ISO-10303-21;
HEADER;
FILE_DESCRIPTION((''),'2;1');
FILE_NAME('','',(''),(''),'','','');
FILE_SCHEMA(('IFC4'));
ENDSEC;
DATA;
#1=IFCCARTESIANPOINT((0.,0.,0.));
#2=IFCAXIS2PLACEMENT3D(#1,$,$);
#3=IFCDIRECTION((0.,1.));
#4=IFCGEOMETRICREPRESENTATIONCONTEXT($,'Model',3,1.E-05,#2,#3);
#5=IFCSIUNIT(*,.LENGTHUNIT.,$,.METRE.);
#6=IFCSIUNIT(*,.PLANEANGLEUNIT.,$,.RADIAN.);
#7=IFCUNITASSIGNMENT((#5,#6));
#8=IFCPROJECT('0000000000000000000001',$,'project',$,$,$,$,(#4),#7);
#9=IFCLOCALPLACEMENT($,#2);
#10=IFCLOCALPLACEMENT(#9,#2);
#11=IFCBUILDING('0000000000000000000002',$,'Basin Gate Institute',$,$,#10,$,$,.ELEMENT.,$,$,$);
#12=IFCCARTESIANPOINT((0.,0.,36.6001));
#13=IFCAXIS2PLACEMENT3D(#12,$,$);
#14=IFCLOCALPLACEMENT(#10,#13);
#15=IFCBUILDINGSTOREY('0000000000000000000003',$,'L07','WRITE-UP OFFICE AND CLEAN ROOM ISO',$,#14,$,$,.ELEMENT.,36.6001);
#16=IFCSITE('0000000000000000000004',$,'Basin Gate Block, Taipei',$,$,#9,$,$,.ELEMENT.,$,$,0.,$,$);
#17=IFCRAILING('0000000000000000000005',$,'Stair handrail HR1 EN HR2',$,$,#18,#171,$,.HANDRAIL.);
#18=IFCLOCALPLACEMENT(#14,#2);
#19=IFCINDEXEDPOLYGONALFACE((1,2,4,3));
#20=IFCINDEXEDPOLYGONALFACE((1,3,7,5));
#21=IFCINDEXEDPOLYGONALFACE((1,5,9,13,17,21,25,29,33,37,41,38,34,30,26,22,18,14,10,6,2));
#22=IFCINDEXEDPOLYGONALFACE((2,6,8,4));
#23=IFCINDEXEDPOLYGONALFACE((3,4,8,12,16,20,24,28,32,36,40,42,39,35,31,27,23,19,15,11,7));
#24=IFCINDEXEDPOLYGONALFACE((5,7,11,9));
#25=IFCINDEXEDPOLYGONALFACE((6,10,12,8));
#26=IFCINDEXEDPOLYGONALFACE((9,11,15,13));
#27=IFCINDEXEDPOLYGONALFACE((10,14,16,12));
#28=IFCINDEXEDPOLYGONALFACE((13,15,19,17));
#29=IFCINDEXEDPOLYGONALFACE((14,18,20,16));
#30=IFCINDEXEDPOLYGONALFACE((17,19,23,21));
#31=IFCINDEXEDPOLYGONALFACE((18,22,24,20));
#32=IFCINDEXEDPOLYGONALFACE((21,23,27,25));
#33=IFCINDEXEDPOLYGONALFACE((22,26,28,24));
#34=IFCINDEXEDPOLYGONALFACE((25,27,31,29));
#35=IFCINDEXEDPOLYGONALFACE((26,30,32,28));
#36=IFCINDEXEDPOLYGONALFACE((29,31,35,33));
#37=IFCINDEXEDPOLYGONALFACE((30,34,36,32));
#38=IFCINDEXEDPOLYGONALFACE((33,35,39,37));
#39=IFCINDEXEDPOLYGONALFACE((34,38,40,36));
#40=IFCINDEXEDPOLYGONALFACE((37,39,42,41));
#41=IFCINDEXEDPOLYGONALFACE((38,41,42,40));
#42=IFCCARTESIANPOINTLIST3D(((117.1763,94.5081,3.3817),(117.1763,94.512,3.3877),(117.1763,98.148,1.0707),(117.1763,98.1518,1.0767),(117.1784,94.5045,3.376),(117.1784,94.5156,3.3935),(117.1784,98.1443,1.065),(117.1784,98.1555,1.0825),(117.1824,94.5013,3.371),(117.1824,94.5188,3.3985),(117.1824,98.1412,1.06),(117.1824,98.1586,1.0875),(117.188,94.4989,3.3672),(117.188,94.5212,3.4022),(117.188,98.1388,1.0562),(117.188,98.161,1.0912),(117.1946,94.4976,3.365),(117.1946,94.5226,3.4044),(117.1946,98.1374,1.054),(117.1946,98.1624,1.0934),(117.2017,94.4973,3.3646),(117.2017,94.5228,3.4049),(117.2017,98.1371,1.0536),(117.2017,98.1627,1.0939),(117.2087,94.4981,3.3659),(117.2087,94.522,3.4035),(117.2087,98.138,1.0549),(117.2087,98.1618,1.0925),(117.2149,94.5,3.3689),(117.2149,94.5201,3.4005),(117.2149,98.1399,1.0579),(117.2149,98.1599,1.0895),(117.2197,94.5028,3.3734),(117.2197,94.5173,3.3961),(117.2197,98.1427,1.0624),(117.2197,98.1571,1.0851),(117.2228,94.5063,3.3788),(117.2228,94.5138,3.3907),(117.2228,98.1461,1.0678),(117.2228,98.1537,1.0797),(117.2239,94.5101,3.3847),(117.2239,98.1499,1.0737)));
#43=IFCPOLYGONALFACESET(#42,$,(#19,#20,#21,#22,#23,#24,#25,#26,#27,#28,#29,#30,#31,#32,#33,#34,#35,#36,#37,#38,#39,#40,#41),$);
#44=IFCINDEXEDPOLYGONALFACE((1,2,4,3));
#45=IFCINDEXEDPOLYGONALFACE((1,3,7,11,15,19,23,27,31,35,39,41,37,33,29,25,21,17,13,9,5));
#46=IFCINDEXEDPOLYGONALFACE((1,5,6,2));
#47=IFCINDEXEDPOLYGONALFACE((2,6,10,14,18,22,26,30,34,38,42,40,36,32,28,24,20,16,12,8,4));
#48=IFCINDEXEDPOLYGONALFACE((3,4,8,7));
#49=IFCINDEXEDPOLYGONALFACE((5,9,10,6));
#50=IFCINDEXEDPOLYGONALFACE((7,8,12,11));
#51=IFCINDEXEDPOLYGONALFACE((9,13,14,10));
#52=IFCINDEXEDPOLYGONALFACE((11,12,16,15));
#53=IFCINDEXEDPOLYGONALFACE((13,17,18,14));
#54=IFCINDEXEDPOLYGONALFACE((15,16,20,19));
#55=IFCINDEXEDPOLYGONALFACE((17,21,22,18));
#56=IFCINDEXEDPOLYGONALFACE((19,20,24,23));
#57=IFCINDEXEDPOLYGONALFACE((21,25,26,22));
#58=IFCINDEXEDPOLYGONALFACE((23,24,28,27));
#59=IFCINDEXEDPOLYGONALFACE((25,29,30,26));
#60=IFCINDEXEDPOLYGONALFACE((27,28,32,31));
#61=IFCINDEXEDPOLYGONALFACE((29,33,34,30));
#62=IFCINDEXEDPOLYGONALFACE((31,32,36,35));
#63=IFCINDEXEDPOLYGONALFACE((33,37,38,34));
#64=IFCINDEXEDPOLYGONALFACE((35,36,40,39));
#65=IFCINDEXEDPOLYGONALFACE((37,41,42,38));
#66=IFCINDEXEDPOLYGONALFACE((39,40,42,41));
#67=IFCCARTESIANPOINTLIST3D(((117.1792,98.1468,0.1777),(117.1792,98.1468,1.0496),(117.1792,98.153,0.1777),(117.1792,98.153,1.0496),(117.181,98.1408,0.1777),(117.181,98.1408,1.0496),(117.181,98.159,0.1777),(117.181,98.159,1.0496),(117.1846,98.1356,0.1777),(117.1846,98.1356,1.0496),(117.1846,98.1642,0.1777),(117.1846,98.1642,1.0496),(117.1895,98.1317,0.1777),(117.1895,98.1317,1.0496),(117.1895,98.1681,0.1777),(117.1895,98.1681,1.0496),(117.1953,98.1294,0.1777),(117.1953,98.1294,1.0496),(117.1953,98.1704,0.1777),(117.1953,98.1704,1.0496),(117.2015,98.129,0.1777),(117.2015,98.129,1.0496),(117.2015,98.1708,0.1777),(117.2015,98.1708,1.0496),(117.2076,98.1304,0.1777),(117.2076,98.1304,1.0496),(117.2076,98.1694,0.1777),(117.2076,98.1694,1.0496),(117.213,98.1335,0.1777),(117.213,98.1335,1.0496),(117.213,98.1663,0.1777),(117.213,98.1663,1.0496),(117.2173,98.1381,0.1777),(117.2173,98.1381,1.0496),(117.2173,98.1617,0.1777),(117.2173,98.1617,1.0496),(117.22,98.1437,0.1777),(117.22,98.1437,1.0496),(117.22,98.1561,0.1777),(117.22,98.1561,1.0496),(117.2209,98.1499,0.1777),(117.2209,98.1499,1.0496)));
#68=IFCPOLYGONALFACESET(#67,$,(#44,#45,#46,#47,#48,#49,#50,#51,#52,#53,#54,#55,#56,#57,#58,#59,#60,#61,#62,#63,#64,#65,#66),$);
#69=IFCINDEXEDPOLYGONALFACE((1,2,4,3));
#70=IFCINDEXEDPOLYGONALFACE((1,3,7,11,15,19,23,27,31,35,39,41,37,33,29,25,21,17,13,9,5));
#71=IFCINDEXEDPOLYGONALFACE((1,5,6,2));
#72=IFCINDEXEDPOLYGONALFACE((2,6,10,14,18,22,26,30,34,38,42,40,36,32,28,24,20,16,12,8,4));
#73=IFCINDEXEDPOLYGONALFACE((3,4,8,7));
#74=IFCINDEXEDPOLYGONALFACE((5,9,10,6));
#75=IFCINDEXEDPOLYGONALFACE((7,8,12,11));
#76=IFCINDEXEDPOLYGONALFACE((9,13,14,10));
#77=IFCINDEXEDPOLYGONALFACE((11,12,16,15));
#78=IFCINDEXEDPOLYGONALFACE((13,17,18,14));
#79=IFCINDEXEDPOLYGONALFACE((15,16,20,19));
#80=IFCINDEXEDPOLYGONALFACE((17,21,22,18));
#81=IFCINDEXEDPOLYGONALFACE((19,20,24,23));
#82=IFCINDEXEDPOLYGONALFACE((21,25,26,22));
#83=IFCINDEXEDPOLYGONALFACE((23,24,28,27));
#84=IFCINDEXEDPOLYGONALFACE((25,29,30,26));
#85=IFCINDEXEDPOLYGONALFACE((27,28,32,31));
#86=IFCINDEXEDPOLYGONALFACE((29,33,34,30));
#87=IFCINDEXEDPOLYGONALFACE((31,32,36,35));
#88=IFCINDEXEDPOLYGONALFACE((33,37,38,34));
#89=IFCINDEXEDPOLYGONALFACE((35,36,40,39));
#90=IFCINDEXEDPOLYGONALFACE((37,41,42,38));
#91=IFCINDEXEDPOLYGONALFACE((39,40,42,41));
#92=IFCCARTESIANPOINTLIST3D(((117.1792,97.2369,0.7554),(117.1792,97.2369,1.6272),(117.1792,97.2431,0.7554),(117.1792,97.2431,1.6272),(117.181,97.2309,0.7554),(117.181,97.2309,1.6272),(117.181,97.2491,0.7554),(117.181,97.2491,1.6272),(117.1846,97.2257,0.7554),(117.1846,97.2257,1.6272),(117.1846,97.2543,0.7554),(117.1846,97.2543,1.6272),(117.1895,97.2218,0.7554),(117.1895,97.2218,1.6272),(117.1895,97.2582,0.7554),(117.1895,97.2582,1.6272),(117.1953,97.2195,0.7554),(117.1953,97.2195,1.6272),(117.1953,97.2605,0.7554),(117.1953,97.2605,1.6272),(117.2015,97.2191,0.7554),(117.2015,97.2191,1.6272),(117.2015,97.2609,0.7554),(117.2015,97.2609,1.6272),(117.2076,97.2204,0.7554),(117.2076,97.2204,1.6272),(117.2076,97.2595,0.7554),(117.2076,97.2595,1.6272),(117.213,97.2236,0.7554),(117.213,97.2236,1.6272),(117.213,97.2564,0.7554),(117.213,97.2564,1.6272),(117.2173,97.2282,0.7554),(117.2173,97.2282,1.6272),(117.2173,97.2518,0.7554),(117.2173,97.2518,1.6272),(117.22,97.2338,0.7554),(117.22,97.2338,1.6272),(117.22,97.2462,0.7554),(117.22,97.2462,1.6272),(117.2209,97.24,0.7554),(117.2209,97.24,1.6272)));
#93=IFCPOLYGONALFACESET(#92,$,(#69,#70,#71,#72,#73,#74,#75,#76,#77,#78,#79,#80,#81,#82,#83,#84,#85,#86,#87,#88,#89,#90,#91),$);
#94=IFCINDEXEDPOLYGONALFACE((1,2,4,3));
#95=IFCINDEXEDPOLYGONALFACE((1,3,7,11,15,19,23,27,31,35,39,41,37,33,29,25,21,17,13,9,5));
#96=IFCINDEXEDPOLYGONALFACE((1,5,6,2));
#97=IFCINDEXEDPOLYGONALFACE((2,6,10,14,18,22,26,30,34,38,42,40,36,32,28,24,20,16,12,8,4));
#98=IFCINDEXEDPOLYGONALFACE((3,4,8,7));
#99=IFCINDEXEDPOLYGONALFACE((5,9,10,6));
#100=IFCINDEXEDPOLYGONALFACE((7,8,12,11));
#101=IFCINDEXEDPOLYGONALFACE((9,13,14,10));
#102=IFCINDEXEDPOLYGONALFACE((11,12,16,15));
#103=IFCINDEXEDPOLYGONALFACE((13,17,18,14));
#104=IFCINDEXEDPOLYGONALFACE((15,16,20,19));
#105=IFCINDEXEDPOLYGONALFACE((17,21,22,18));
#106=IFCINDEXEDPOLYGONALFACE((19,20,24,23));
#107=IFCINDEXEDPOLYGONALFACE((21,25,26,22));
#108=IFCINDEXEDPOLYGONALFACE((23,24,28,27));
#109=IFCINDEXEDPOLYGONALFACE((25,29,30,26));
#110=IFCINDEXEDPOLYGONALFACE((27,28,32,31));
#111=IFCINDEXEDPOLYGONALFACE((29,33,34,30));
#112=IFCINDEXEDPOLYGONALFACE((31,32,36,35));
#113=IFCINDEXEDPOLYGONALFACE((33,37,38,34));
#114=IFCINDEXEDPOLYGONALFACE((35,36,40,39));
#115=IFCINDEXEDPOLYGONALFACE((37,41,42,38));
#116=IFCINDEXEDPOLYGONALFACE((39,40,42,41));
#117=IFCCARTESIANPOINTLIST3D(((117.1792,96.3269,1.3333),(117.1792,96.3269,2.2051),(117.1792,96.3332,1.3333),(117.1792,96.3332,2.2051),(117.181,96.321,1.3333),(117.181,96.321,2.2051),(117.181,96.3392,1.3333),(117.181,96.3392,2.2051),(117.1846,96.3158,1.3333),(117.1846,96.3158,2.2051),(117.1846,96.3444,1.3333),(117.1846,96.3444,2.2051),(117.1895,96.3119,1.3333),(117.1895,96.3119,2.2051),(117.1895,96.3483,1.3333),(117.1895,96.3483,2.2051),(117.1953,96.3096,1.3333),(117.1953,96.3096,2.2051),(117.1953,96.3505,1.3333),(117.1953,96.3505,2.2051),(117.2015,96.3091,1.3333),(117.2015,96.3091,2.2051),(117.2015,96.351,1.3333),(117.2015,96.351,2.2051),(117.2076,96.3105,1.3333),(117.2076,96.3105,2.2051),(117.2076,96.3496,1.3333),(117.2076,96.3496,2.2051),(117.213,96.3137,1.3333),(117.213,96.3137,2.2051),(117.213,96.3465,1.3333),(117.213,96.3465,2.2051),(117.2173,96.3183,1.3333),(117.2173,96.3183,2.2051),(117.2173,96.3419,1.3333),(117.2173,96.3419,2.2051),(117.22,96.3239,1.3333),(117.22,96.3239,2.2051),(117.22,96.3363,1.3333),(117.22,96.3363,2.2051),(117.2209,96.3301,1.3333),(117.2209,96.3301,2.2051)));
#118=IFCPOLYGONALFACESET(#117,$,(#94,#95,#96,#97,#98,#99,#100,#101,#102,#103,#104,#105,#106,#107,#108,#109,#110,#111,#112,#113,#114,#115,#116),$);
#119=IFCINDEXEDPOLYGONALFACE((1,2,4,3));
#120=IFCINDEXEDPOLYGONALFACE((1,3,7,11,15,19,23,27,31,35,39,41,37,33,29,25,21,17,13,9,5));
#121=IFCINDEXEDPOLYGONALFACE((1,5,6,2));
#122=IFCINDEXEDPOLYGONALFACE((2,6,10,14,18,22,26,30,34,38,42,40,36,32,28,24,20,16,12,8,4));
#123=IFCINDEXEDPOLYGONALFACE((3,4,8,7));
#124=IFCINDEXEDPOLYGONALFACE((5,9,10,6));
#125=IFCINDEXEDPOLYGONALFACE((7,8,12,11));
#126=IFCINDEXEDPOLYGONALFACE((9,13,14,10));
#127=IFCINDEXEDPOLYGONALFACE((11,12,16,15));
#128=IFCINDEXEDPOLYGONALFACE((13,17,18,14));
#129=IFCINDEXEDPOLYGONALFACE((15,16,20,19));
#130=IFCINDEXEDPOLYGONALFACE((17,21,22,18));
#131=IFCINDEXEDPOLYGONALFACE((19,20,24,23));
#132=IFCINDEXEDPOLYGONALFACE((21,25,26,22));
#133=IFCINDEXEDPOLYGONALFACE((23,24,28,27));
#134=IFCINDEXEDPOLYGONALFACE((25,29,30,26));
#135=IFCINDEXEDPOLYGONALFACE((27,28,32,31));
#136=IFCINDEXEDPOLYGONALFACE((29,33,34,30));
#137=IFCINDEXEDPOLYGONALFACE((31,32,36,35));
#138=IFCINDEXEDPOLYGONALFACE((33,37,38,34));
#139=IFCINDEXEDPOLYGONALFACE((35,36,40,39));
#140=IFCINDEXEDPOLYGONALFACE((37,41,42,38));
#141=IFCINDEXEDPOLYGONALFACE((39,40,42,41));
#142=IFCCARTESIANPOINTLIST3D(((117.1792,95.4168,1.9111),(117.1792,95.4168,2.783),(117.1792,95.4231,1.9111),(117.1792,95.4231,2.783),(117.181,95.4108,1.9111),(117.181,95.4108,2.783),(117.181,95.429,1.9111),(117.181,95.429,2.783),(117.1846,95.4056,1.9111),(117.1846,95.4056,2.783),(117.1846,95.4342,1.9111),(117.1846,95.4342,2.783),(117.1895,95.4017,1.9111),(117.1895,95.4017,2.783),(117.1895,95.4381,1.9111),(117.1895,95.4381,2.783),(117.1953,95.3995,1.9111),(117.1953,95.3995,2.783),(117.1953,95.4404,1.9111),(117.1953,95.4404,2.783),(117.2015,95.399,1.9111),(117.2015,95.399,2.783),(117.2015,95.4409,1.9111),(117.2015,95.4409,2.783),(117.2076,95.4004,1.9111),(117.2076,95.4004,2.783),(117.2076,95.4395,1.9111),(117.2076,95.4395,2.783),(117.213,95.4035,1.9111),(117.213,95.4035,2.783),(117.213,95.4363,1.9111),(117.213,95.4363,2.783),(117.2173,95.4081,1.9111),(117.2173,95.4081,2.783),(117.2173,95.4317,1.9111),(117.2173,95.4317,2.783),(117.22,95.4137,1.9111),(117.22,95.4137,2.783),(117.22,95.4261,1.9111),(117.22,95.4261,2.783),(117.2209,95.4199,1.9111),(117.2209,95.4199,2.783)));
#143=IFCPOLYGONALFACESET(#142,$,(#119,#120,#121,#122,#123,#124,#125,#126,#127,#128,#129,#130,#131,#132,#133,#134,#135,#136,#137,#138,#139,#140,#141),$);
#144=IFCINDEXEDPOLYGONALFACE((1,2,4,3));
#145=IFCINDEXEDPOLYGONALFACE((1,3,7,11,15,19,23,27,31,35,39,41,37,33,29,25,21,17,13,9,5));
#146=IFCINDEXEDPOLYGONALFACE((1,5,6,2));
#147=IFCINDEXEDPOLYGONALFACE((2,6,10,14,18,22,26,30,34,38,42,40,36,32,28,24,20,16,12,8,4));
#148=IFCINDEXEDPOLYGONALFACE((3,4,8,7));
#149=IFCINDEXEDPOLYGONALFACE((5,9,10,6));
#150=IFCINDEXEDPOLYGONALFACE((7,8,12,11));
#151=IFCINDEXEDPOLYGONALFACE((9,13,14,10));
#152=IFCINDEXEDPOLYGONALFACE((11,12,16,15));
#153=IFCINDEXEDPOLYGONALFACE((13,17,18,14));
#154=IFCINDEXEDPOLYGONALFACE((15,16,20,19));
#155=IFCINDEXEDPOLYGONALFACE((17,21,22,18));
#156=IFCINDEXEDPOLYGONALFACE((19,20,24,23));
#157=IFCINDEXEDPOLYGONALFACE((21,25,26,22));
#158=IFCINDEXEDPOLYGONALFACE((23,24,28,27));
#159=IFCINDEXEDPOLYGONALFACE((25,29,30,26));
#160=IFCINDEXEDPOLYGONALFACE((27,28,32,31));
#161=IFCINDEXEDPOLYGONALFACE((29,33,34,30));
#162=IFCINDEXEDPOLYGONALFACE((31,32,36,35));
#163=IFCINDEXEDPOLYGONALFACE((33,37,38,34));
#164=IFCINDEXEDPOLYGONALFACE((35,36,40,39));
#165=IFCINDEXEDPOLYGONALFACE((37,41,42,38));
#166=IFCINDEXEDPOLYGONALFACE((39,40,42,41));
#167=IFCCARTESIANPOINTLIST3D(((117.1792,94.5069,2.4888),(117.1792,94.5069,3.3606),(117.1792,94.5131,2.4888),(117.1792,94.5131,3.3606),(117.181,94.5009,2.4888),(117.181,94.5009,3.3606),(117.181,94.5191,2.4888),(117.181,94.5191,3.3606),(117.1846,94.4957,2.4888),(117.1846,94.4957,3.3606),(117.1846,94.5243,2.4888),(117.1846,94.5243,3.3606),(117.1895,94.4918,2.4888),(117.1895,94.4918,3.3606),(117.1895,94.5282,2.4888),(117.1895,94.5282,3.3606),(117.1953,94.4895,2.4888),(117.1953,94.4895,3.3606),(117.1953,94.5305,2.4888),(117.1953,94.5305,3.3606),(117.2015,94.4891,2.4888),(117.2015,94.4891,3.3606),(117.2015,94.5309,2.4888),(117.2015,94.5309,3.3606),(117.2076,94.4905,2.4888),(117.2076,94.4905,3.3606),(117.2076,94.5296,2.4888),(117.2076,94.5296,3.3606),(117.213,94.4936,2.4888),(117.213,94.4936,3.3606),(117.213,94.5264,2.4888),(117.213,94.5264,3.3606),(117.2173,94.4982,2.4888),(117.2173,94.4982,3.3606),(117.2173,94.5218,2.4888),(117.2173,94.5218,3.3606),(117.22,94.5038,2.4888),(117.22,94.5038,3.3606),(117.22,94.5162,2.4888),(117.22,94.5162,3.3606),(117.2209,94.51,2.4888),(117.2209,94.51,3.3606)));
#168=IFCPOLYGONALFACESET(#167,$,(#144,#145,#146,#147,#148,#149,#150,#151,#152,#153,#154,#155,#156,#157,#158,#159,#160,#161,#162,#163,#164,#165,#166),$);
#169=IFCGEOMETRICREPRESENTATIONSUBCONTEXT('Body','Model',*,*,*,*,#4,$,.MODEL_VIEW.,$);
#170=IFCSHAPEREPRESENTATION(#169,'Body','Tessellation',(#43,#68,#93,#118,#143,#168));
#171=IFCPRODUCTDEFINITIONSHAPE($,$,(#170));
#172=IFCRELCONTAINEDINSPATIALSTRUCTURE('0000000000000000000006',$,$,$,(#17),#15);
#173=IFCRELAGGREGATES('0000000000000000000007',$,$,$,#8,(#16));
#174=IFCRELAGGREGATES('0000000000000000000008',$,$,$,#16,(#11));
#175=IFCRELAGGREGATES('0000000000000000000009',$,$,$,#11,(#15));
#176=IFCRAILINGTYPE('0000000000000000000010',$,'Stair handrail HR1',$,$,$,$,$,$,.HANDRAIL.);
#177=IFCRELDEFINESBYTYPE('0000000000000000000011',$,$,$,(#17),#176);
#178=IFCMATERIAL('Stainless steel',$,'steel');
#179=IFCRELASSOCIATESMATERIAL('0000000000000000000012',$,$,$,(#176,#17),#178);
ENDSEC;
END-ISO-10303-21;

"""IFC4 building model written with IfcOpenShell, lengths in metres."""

from ifc_helpers import new_model, si_unit, direction, frame, origin, origin_2d, place, context, subcontext, project, spatial, circle, extrude, material, type_object, element, save


model = new_model("IFC4")

# Units and contexts
model_context = context("Model", 3, precision=1e-05, world=origin(), true_north=direction((0.0, 1.0)))
body_context = subcontext(model_context, "Body", "Model", "MODEL_VIEW")
ifc_project = project(units=[si_unit("LENGTHUNIT", "METRE"), si_unit("PLANEANGLEUNIT", "RADIAN")], contexts=[model_context])

# Site, building, storey
site_placement = place(None, origin())
site = spatial("IfcSite", under=ifc_project, at=site_placement, Name="Basin Gate Block, Taipei", CompositionType="ELEMENT", RefElevation=0.0)
building_placement = place(site_placement, origin())
building = spatial("IfcBuilding", under=site, at=building_placement, Name="Basin Gate Institute", CompositionType="ELEMENT")
storey_placement = place(building_placement, frame((0.0, 0.0, 36.6001)))
storey = spatial("IfcBuildingStorey", under=building, at=storey_placement, Name="L07", Description="WRITE-UP OFFICE AND CLEAN ROOM ISO", CompositionType="ELEMENT", Elevation=36.6001)

# Railing
ifc_material_1 = material(Name="Stainless steel", Category="steel")
railing_type_1 = type_object("IfcRailingType", Name="Stair handrail HR1", PredefinedType="HANDRAIL", material=ifc_material_1)
for number, where, name in (
    (1, (117.2, 98.1499, 0.1777), "Stair handrail HR1 EN HR2"),
):
    element("IfcRailing", number, at=place(storey_placement, frame(where)), inside=storey, type_object=railing_type_1, material=ifc_material_1, Name=name, PredefinedType="HANDRAIL", context=body_context, shape_type="SweptSolid", body=[
        extrude(circle(Radius=0.0239, at=origin_2d()), frame((0.0, 0.0, 0.896), z_axis=(0.0, -0.844214, 0.536007), x_axis=(1.0, 0.0, 0.0)), (0.0, 0.0, 1.0), 4.3115),
        extrude(circle(Radius=0.021, at=origin_2d()), origin(), (0.0, 0.0, 1.0), 0.8718),
        extrude(circle(Radius=0.021, at=origin_2d()), frame((0.0, -0.9099, 0.5776)), (0.0, 0.0, 1.0), 0.8718),
        extrude(circle(Radius=0.021, at=origin_2d()), frame((0.0, -1.8198, 1.1555)), (0.0, 0.0, 1.0), 0.8718),
        extrude(circle(Radius=0.021, at=origin_2d()), frame((0.0, -2.73, 1.7334)), (0.0, 0.0, 1.0), 0.8718),
        extrude(circle(Radius=0.021, at=origin_2d()), frame((0.0, -3.6399, 2.311)), (0.0, 0.0, 1.0), 0.8718),
    ])

save(model, "model.ifc")
